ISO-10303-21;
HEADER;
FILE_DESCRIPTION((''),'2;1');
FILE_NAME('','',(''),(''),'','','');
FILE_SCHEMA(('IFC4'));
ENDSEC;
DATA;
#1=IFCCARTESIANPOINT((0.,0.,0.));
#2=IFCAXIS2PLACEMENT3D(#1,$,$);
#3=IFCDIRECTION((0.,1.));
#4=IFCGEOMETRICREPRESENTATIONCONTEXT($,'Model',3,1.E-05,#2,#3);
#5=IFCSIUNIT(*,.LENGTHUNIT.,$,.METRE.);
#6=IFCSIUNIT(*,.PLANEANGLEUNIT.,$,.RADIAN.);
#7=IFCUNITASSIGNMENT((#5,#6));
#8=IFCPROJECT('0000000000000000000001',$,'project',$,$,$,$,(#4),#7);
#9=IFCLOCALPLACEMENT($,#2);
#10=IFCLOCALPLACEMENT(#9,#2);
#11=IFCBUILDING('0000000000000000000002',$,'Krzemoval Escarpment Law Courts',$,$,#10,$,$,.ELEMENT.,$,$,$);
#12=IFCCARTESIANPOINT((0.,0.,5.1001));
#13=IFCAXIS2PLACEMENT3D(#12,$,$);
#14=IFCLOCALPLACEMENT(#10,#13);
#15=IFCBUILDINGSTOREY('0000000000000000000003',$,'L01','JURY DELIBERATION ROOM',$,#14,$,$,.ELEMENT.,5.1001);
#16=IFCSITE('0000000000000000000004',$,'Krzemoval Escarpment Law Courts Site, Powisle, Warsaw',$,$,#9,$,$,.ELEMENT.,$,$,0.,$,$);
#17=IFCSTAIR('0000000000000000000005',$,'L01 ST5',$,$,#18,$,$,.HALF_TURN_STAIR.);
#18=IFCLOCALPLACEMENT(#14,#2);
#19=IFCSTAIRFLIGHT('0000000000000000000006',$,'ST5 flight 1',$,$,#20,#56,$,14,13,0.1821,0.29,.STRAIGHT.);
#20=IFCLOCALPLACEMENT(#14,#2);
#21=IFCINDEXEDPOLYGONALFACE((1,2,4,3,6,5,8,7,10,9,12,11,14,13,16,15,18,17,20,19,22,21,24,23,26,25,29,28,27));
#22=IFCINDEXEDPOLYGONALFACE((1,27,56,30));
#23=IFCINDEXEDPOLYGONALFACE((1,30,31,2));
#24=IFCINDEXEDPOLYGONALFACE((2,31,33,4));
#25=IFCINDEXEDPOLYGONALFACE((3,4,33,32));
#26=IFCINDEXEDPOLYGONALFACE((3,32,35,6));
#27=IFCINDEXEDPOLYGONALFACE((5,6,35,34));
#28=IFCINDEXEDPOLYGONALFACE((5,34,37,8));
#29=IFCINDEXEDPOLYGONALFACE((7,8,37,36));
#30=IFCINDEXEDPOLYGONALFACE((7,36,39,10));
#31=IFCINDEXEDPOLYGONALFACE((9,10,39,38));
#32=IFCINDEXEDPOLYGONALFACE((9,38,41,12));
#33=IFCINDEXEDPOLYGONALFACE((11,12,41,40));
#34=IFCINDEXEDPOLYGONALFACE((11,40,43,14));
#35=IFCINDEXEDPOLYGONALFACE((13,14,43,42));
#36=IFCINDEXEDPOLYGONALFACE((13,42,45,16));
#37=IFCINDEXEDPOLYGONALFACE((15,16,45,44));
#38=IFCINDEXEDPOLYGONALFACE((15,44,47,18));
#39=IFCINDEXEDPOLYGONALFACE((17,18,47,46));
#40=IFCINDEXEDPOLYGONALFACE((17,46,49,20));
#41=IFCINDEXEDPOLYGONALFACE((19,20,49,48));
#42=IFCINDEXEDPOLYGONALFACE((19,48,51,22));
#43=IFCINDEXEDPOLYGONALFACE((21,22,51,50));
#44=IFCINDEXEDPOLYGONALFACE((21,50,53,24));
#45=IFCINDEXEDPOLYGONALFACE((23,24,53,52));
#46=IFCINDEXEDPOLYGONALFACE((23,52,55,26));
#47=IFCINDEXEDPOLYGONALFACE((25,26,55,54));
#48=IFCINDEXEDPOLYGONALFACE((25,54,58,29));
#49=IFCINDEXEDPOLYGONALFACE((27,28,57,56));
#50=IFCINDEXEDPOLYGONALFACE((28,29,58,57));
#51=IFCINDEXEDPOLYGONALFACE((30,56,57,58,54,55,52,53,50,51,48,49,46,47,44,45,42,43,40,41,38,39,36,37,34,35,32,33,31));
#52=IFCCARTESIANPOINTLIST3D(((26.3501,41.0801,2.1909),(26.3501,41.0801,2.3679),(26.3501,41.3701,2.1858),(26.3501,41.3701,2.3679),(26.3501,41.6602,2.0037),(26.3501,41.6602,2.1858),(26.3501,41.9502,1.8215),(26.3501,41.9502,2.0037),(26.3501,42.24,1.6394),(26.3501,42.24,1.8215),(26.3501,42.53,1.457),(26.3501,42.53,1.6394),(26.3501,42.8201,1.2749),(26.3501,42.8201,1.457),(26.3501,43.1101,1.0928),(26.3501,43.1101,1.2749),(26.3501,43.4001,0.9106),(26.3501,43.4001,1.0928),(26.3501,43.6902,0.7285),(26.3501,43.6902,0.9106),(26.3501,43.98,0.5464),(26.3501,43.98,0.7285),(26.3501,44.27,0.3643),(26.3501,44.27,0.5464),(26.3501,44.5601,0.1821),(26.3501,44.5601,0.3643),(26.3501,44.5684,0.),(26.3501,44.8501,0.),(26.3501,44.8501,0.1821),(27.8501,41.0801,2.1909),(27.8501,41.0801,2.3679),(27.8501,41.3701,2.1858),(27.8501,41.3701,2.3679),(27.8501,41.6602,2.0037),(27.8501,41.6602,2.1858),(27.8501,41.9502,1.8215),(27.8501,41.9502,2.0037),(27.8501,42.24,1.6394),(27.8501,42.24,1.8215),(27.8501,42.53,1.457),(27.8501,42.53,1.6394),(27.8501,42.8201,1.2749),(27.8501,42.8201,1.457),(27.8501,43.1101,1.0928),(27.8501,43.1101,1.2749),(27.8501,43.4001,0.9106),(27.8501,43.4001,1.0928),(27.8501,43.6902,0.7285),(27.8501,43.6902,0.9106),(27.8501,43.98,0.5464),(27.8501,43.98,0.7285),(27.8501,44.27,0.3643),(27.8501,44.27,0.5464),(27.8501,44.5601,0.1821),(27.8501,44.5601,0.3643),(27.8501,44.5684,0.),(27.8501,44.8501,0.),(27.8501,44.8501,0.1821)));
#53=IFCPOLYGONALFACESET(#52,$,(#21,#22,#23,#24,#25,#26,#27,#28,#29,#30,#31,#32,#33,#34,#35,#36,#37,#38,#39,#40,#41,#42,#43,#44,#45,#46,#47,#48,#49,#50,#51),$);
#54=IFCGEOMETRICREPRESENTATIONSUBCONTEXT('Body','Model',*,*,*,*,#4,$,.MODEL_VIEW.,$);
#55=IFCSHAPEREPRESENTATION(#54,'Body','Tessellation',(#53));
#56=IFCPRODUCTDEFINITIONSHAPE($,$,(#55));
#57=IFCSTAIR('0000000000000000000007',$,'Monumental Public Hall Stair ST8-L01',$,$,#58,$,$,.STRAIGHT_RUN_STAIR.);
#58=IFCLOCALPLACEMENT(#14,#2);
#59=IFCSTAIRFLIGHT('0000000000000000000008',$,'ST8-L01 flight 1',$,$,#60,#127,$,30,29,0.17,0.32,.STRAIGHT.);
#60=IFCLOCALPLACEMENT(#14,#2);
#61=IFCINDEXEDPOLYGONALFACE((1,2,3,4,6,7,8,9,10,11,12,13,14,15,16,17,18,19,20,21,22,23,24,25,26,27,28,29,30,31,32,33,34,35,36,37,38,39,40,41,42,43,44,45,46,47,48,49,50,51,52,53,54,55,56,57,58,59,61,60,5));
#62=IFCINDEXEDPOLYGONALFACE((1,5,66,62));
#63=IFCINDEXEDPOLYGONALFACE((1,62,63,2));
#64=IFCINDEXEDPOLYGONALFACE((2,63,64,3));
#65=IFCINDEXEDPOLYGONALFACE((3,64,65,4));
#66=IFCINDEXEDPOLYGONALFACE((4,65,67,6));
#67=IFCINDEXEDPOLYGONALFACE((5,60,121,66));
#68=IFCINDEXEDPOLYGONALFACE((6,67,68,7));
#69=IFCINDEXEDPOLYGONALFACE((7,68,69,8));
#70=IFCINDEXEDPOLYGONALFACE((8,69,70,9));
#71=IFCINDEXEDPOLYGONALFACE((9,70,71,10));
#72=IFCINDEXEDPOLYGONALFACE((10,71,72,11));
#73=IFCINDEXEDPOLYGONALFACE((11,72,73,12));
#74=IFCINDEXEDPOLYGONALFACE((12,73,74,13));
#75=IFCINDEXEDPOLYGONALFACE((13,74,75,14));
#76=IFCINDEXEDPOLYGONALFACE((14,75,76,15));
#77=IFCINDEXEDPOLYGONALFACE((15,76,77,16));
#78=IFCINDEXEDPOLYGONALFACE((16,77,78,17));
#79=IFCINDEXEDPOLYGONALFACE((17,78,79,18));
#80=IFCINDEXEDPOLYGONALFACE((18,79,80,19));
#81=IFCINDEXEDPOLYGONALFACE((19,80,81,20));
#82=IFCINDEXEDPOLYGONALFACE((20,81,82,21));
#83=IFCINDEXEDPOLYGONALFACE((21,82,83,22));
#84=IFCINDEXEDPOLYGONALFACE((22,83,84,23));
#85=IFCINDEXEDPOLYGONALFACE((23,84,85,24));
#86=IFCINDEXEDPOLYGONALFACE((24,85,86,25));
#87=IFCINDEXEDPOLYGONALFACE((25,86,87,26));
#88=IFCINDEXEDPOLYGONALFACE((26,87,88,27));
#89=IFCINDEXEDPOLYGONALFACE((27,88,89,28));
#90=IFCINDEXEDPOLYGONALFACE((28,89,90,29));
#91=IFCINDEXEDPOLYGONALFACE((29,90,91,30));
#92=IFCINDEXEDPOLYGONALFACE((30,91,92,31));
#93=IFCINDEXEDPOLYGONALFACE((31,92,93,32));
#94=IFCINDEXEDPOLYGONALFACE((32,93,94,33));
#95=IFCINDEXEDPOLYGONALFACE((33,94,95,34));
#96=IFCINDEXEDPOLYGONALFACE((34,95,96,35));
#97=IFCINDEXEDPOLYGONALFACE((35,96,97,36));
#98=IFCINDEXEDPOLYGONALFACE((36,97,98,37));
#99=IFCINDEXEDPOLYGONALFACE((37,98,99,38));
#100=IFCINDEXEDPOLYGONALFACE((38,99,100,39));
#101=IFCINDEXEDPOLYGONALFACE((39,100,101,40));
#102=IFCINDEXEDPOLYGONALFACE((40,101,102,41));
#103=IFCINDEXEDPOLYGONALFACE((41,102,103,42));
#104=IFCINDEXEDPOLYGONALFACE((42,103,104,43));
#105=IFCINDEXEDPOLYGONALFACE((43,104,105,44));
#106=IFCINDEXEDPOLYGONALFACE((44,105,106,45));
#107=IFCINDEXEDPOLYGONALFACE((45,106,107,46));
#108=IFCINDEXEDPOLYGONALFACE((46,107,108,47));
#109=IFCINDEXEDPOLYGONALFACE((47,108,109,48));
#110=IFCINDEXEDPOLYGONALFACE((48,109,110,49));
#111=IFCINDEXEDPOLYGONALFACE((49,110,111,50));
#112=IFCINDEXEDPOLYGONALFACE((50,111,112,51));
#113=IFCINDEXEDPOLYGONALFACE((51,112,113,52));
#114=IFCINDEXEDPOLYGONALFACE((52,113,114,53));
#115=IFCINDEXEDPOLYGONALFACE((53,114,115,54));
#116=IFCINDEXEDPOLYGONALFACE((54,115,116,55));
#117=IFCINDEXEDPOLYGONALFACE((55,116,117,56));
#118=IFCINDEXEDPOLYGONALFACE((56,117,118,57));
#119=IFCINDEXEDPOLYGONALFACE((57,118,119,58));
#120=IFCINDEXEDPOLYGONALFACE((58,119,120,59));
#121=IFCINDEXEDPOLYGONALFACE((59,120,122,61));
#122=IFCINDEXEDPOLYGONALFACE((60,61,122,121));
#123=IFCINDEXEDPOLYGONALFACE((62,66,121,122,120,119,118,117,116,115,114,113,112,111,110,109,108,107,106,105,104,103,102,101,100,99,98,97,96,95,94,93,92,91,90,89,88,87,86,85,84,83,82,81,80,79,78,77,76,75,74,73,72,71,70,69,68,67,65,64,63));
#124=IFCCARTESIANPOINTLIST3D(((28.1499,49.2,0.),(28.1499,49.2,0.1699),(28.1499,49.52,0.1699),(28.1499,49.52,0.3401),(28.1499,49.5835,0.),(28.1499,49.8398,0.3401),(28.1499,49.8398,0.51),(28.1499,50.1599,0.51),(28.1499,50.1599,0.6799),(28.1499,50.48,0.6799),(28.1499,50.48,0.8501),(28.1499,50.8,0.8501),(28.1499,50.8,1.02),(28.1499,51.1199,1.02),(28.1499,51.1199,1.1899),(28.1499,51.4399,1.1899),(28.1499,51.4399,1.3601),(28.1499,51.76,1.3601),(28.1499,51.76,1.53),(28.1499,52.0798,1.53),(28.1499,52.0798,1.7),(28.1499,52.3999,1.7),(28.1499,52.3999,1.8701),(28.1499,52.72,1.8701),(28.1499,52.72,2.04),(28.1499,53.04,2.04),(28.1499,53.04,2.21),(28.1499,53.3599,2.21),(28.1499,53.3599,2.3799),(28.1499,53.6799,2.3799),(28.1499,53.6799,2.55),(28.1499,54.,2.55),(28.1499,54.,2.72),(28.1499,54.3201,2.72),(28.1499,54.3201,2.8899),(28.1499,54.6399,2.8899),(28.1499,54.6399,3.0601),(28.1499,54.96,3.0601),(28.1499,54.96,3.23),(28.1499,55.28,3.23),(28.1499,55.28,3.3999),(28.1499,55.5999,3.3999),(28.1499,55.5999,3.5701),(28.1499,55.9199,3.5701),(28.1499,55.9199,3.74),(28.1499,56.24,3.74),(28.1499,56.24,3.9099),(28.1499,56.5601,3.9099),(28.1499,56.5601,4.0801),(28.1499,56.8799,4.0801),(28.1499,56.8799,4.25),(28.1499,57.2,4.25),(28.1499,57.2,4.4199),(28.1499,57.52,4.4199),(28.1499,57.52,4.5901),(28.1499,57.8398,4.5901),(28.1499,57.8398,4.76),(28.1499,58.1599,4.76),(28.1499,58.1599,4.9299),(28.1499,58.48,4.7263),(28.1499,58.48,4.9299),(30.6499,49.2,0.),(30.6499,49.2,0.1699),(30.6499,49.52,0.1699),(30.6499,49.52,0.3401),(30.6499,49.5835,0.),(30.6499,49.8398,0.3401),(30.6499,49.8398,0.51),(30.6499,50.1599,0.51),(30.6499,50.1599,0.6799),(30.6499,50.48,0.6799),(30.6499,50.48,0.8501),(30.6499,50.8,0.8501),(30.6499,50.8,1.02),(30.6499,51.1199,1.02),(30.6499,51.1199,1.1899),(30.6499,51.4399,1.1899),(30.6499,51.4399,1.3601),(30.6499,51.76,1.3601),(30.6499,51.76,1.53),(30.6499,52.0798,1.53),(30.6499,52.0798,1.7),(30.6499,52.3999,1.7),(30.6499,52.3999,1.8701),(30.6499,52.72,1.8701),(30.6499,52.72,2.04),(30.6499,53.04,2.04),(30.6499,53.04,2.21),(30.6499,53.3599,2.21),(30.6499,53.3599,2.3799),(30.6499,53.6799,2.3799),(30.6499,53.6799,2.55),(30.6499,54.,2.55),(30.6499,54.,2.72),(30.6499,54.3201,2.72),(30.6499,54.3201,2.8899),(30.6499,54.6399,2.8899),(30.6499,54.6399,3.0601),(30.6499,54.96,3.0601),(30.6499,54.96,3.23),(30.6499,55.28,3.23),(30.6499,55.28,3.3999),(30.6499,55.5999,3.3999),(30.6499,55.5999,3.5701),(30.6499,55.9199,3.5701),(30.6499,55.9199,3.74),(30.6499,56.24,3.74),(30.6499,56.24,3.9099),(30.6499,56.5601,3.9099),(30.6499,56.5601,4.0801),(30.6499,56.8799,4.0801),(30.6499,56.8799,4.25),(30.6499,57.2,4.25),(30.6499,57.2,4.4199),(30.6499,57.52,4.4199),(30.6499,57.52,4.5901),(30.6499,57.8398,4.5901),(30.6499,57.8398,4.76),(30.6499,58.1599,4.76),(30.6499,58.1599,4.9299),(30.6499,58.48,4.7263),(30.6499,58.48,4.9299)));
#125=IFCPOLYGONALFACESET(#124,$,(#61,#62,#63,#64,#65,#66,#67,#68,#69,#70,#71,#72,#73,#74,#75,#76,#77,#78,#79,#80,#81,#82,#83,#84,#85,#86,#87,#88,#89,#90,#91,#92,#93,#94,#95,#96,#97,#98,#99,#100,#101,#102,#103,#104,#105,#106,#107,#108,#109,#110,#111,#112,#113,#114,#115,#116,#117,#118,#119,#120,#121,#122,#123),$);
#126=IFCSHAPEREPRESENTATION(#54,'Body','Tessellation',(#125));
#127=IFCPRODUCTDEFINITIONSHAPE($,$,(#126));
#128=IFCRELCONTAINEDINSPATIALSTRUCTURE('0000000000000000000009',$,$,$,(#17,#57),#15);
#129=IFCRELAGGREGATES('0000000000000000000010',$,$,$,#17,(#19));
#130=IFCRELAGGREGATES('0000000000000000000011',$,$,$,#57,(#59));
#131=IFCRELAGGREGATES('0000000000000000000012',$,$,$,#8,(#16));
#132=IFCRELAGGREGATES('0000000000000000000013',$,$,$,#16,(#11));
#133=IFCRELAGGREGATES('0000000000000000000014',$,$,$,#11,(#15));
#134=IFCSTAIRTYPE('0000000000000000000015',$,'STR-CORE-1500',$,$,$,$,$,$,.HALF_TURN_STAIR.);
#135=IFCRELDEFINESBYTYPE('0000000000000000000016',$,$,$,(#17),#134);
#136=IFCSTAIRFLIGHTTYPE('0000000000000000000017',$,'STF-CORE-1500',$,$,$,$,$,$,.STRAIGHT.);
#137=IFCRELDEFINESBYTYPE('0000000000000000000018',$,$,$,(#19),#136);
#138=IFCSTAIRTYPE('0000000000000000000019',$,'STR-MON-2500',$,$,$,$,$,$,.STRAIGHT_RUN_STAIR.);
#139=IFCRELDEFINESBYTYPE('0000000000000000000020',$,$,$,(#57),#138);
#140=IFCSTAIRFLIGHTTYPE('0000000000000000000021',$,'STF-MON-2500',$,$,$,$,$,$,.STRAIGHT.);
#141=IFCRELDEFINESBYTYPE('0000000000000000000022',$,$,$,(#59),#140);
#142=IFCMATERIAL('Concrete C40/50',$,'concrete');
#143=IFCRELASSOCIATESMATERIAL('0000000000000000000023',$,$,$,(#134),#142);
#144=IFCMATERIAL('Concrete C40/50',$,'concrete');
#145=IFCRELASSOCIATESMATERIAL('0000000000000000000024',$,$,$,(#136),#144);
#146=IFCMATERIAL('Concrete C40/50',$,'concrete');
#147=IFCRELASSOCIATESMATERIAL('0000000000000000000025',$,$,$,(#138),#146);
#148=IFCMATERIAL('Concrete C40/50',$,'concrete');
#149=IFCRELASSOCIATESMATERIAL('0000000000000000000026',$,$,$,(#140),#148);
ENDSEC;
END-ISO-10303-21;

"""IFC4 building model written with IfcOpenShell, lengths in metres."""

from ifc_helpers import new_model, si_unit, direction, frame, origin, place, context, subcontext, project, spatial, polyline, outline, extrude, material, type_object, element, aggregate, save


model = new_model("IFC4")

# Units and contexts
model_context = context("Model", 3, precision=1e-05, world=origin(), true_north=direction((0.0, 1.0)))
body_context = subcontext(model_context, "Body", "Model", "MODEL_VIEW")
ifc_project = project(units=[si_unit("LENGTHUNIT", "METRE"), si_unit("PLANEANGLEUNIT", "RADIAN")], contexts=[model_context])

# Site, building, storey
site_placement = place(None, origin())
site = spatial("IfcSite", under=ifc_project, at=site_placement, Name="Krzemoval Escarpment Law Courts Site, Powisle, Warsaw", CompositionType="ELEMENT", RefElevation=0.0)
building_placement = place(site_placement, origin())
building = spatial("IfcBuilding", under=site, at=building_placement, Name="Krzemoval Escarpment Law Courts", CompositionType="ELEMENT")
storey_placement = place(building_placement, frame((0.0, 0.0, 5.1001)))
storey = spatial("IfcBuildingStorey", under=building, at=storey_placement, Name="L01", Description="JURY DELIBERATION ROOM", CompositionType="ELEMENT", Elevation=5.1001)

# Stairs, stair flights
ifc_material_1 = material(Name="Concrete C40/50", Category="concrete")
stair_type_1 = type_object("IfcStairType", Name="STR-CORE-1500", PredefinedType="HALF_TURN_STAIR", material=ifc_material_1)
stair_1_placement = place(storey_placement, origin())
stair_1 = element("IfcStair", 1, at=stair_1_placement, inside=storey, type_object=stair_type_1, Name="L01 ST5", PredefinedType="HALF_TURN_STAIR")
ifc_material_2 = material(Name="Concrete C40/50", Category="concrete")
stair_flight_type_1 = type_object("IfcStairFlightType", Name="STF-CORE-1500", PredefinedType="STRAIGHT", material=ifc_material_2)
stair_flight_1_placement = place(storey_placement, frame((27.1001, 44.8501, 0.0), z_axis=(0.0, 0.0, 1.0), x_axis=(0.0, -1.0, 0.0)))
stair_flight_1 = element("IfcStairFlight", 2, at=stair_flight_1_placement, type_object=stair_flight_type_1, Name="ST5 flight 1", NumberOfRisers=14, NumberOfTreads=13, PredefinedType="STRAIGHT", RiserHeight=0.1821, TreadLength=0.29, context=body_context, shape_type="SweptSolid", body=[
    extrude(outline(polyline([(0.0, 0.0), (0.0, 0.1821), (0.29, 0.1821), (0.29, 0.3643), (0.5801, 0.3643), (0.5801, 0.5464), (0.8701, 0.5464), (0.8701, 0.7285), (1.1599, 0.7285), (1.1599, 0.9106), (1.45, 0.9106), (1.45, 1.0928), (1.74, 1.0928), (1.74, 1.2749), (2.03, 1.2749), (2.03, 1.457), (2.3201, 1.457), (2.3201, 1.6394), (2.6101, 1.6394), (2.6101, 1.8215), (2.8999, 1.8215), (2.8999, 2.0037), (3.1899, 2.0037), (3.1899, 2.1858), (3.48, 2.1858), (3.48, 2.3679), (3.77, 2.3679), (3.77, 2.55), (3.77, 2.1909), (0.2817, 0.0), (0.0, 0.0)])), frame((0.0, 0.75, 0.0), z_axis=(0.0, -1.0, 0.0), x_axis=(1.0, 0.0, 0.0)), (0.0, 0.0, 1.0), 1.5),
])
aggregate(stair_1, [stair_flight_1])
ifc_material_3 = material(Name="Concrete C40/50", Category="concrete")
stair_type_2 = type_object("IfcStairType", Name="STR-MON-2500", PredefinedType="STRAIGHT_RUN_STAIR", material=ifc_material_3)
stair_2_placement = place(storey_placement, origin())
stair_2 = element("IfcStair", 3, at=stair_2_placement, inside=storey, type_object=stair_type_2, Name="Monumental Public Hall Stair ST8-L01", PredefinedType="STRAIGHT_RUN_STAIR")
ifc_material_4 = material(Name="Concrete C40/50", Category="concrete")
stair_flight_type_2 = type_object("IfcStairFlightType", Name="STF-MON-2500", PredefinedType="STRAIGHT", material=ifc_material_4)
stair_flight_2_placement = place(storey_placement, frame((29.3999, 49.2, 0.0), z_axis=(0.0, 0.0, 1.0), x_axis=(0.0, 1.0, 0.0)))
stair_flight_2 = element("IfcStairFlight", 4, at=stair_flight_2_placement, type_object=stair_flight_type_2, Name="ST8-L01 flight 1", NumberOfRisers=30, NumberOfTreads=29, PredefinedType="STRAIGHT", RiserHeight=0.17, TreadLength=0.32, context=body_context, shape_type="SweptSolid", body=[
    extrude(outline(polyline([(0.0, 0.0), (0.0, 0.1699), (0.3201, 0.1699), (0.3201, 0.3401), (0.6399, 0.3401), (0.6399, 0.51), (0.96, 0.51), (0.96, 0.6799), (1.28, 0.6799), (1.28, 0.8501), (1.6001, 0.8501), (1.6001, 1.02), (1.9199, 1.02), (1.9199, 1.1899), (2.24, 1.1899), (2.24, 1.3601), (2.5601, 1.3601), (2.5601, 1.53), (2.8799, 1.53), (2.8799, 1.7), (3.2, 1.7), (3.2, 1.8701), (3.52, 1.8701), (3.52, 2.04), (3.8401, 2.04), (3.8401, 2.21), (4.1599, 2.21), (4.1599, 2.3799), (4.48, 2.3799), (4.48, 2.55), (4.8, 2.55), (4.8, 2.72), (5.1201, 2.72), (5.1201, 2.8899), (5.4399, 2.8899), (5.4399, 3.0601), (5.76, 3.0601), (5.76, 3.23), (6.0801, 3.23), (6.0801, 3.3999), (6.3999, 3.3999), (6.3999, 3.5701), (6.72, 3.5701), (6.72, 3.74), (7.04, 3.74), (7.04, 3.9099), (7.3601, 3.9099), (7.3601, 4.0801), (7.6799, 4.0801), (7.6799, 4.25), (8.0, 4.25), (8.0, 4.4199), (8.3201, 4.4199), (8.3201, 4.5901), (8.6399, 4.5901), (8.6399, 4.76), (8.96, 4.76), (8.96, 4.9299), (9.28, 4.9299), (9.28, 5.1001), (9.28, 4.7263), (0.3835, 0.0), (0.0, 0.0)])), frame((0.0, 1.25, 0.0), z_axis=(0.0, -1.0, 0.0), x_axis=(1.0, 0.0, 0.0)), (0.0, 0.0, 1.0), 2.5),
])
aggregate(stair_2, [stair_flight_2])

save(model, "model.ifc")
